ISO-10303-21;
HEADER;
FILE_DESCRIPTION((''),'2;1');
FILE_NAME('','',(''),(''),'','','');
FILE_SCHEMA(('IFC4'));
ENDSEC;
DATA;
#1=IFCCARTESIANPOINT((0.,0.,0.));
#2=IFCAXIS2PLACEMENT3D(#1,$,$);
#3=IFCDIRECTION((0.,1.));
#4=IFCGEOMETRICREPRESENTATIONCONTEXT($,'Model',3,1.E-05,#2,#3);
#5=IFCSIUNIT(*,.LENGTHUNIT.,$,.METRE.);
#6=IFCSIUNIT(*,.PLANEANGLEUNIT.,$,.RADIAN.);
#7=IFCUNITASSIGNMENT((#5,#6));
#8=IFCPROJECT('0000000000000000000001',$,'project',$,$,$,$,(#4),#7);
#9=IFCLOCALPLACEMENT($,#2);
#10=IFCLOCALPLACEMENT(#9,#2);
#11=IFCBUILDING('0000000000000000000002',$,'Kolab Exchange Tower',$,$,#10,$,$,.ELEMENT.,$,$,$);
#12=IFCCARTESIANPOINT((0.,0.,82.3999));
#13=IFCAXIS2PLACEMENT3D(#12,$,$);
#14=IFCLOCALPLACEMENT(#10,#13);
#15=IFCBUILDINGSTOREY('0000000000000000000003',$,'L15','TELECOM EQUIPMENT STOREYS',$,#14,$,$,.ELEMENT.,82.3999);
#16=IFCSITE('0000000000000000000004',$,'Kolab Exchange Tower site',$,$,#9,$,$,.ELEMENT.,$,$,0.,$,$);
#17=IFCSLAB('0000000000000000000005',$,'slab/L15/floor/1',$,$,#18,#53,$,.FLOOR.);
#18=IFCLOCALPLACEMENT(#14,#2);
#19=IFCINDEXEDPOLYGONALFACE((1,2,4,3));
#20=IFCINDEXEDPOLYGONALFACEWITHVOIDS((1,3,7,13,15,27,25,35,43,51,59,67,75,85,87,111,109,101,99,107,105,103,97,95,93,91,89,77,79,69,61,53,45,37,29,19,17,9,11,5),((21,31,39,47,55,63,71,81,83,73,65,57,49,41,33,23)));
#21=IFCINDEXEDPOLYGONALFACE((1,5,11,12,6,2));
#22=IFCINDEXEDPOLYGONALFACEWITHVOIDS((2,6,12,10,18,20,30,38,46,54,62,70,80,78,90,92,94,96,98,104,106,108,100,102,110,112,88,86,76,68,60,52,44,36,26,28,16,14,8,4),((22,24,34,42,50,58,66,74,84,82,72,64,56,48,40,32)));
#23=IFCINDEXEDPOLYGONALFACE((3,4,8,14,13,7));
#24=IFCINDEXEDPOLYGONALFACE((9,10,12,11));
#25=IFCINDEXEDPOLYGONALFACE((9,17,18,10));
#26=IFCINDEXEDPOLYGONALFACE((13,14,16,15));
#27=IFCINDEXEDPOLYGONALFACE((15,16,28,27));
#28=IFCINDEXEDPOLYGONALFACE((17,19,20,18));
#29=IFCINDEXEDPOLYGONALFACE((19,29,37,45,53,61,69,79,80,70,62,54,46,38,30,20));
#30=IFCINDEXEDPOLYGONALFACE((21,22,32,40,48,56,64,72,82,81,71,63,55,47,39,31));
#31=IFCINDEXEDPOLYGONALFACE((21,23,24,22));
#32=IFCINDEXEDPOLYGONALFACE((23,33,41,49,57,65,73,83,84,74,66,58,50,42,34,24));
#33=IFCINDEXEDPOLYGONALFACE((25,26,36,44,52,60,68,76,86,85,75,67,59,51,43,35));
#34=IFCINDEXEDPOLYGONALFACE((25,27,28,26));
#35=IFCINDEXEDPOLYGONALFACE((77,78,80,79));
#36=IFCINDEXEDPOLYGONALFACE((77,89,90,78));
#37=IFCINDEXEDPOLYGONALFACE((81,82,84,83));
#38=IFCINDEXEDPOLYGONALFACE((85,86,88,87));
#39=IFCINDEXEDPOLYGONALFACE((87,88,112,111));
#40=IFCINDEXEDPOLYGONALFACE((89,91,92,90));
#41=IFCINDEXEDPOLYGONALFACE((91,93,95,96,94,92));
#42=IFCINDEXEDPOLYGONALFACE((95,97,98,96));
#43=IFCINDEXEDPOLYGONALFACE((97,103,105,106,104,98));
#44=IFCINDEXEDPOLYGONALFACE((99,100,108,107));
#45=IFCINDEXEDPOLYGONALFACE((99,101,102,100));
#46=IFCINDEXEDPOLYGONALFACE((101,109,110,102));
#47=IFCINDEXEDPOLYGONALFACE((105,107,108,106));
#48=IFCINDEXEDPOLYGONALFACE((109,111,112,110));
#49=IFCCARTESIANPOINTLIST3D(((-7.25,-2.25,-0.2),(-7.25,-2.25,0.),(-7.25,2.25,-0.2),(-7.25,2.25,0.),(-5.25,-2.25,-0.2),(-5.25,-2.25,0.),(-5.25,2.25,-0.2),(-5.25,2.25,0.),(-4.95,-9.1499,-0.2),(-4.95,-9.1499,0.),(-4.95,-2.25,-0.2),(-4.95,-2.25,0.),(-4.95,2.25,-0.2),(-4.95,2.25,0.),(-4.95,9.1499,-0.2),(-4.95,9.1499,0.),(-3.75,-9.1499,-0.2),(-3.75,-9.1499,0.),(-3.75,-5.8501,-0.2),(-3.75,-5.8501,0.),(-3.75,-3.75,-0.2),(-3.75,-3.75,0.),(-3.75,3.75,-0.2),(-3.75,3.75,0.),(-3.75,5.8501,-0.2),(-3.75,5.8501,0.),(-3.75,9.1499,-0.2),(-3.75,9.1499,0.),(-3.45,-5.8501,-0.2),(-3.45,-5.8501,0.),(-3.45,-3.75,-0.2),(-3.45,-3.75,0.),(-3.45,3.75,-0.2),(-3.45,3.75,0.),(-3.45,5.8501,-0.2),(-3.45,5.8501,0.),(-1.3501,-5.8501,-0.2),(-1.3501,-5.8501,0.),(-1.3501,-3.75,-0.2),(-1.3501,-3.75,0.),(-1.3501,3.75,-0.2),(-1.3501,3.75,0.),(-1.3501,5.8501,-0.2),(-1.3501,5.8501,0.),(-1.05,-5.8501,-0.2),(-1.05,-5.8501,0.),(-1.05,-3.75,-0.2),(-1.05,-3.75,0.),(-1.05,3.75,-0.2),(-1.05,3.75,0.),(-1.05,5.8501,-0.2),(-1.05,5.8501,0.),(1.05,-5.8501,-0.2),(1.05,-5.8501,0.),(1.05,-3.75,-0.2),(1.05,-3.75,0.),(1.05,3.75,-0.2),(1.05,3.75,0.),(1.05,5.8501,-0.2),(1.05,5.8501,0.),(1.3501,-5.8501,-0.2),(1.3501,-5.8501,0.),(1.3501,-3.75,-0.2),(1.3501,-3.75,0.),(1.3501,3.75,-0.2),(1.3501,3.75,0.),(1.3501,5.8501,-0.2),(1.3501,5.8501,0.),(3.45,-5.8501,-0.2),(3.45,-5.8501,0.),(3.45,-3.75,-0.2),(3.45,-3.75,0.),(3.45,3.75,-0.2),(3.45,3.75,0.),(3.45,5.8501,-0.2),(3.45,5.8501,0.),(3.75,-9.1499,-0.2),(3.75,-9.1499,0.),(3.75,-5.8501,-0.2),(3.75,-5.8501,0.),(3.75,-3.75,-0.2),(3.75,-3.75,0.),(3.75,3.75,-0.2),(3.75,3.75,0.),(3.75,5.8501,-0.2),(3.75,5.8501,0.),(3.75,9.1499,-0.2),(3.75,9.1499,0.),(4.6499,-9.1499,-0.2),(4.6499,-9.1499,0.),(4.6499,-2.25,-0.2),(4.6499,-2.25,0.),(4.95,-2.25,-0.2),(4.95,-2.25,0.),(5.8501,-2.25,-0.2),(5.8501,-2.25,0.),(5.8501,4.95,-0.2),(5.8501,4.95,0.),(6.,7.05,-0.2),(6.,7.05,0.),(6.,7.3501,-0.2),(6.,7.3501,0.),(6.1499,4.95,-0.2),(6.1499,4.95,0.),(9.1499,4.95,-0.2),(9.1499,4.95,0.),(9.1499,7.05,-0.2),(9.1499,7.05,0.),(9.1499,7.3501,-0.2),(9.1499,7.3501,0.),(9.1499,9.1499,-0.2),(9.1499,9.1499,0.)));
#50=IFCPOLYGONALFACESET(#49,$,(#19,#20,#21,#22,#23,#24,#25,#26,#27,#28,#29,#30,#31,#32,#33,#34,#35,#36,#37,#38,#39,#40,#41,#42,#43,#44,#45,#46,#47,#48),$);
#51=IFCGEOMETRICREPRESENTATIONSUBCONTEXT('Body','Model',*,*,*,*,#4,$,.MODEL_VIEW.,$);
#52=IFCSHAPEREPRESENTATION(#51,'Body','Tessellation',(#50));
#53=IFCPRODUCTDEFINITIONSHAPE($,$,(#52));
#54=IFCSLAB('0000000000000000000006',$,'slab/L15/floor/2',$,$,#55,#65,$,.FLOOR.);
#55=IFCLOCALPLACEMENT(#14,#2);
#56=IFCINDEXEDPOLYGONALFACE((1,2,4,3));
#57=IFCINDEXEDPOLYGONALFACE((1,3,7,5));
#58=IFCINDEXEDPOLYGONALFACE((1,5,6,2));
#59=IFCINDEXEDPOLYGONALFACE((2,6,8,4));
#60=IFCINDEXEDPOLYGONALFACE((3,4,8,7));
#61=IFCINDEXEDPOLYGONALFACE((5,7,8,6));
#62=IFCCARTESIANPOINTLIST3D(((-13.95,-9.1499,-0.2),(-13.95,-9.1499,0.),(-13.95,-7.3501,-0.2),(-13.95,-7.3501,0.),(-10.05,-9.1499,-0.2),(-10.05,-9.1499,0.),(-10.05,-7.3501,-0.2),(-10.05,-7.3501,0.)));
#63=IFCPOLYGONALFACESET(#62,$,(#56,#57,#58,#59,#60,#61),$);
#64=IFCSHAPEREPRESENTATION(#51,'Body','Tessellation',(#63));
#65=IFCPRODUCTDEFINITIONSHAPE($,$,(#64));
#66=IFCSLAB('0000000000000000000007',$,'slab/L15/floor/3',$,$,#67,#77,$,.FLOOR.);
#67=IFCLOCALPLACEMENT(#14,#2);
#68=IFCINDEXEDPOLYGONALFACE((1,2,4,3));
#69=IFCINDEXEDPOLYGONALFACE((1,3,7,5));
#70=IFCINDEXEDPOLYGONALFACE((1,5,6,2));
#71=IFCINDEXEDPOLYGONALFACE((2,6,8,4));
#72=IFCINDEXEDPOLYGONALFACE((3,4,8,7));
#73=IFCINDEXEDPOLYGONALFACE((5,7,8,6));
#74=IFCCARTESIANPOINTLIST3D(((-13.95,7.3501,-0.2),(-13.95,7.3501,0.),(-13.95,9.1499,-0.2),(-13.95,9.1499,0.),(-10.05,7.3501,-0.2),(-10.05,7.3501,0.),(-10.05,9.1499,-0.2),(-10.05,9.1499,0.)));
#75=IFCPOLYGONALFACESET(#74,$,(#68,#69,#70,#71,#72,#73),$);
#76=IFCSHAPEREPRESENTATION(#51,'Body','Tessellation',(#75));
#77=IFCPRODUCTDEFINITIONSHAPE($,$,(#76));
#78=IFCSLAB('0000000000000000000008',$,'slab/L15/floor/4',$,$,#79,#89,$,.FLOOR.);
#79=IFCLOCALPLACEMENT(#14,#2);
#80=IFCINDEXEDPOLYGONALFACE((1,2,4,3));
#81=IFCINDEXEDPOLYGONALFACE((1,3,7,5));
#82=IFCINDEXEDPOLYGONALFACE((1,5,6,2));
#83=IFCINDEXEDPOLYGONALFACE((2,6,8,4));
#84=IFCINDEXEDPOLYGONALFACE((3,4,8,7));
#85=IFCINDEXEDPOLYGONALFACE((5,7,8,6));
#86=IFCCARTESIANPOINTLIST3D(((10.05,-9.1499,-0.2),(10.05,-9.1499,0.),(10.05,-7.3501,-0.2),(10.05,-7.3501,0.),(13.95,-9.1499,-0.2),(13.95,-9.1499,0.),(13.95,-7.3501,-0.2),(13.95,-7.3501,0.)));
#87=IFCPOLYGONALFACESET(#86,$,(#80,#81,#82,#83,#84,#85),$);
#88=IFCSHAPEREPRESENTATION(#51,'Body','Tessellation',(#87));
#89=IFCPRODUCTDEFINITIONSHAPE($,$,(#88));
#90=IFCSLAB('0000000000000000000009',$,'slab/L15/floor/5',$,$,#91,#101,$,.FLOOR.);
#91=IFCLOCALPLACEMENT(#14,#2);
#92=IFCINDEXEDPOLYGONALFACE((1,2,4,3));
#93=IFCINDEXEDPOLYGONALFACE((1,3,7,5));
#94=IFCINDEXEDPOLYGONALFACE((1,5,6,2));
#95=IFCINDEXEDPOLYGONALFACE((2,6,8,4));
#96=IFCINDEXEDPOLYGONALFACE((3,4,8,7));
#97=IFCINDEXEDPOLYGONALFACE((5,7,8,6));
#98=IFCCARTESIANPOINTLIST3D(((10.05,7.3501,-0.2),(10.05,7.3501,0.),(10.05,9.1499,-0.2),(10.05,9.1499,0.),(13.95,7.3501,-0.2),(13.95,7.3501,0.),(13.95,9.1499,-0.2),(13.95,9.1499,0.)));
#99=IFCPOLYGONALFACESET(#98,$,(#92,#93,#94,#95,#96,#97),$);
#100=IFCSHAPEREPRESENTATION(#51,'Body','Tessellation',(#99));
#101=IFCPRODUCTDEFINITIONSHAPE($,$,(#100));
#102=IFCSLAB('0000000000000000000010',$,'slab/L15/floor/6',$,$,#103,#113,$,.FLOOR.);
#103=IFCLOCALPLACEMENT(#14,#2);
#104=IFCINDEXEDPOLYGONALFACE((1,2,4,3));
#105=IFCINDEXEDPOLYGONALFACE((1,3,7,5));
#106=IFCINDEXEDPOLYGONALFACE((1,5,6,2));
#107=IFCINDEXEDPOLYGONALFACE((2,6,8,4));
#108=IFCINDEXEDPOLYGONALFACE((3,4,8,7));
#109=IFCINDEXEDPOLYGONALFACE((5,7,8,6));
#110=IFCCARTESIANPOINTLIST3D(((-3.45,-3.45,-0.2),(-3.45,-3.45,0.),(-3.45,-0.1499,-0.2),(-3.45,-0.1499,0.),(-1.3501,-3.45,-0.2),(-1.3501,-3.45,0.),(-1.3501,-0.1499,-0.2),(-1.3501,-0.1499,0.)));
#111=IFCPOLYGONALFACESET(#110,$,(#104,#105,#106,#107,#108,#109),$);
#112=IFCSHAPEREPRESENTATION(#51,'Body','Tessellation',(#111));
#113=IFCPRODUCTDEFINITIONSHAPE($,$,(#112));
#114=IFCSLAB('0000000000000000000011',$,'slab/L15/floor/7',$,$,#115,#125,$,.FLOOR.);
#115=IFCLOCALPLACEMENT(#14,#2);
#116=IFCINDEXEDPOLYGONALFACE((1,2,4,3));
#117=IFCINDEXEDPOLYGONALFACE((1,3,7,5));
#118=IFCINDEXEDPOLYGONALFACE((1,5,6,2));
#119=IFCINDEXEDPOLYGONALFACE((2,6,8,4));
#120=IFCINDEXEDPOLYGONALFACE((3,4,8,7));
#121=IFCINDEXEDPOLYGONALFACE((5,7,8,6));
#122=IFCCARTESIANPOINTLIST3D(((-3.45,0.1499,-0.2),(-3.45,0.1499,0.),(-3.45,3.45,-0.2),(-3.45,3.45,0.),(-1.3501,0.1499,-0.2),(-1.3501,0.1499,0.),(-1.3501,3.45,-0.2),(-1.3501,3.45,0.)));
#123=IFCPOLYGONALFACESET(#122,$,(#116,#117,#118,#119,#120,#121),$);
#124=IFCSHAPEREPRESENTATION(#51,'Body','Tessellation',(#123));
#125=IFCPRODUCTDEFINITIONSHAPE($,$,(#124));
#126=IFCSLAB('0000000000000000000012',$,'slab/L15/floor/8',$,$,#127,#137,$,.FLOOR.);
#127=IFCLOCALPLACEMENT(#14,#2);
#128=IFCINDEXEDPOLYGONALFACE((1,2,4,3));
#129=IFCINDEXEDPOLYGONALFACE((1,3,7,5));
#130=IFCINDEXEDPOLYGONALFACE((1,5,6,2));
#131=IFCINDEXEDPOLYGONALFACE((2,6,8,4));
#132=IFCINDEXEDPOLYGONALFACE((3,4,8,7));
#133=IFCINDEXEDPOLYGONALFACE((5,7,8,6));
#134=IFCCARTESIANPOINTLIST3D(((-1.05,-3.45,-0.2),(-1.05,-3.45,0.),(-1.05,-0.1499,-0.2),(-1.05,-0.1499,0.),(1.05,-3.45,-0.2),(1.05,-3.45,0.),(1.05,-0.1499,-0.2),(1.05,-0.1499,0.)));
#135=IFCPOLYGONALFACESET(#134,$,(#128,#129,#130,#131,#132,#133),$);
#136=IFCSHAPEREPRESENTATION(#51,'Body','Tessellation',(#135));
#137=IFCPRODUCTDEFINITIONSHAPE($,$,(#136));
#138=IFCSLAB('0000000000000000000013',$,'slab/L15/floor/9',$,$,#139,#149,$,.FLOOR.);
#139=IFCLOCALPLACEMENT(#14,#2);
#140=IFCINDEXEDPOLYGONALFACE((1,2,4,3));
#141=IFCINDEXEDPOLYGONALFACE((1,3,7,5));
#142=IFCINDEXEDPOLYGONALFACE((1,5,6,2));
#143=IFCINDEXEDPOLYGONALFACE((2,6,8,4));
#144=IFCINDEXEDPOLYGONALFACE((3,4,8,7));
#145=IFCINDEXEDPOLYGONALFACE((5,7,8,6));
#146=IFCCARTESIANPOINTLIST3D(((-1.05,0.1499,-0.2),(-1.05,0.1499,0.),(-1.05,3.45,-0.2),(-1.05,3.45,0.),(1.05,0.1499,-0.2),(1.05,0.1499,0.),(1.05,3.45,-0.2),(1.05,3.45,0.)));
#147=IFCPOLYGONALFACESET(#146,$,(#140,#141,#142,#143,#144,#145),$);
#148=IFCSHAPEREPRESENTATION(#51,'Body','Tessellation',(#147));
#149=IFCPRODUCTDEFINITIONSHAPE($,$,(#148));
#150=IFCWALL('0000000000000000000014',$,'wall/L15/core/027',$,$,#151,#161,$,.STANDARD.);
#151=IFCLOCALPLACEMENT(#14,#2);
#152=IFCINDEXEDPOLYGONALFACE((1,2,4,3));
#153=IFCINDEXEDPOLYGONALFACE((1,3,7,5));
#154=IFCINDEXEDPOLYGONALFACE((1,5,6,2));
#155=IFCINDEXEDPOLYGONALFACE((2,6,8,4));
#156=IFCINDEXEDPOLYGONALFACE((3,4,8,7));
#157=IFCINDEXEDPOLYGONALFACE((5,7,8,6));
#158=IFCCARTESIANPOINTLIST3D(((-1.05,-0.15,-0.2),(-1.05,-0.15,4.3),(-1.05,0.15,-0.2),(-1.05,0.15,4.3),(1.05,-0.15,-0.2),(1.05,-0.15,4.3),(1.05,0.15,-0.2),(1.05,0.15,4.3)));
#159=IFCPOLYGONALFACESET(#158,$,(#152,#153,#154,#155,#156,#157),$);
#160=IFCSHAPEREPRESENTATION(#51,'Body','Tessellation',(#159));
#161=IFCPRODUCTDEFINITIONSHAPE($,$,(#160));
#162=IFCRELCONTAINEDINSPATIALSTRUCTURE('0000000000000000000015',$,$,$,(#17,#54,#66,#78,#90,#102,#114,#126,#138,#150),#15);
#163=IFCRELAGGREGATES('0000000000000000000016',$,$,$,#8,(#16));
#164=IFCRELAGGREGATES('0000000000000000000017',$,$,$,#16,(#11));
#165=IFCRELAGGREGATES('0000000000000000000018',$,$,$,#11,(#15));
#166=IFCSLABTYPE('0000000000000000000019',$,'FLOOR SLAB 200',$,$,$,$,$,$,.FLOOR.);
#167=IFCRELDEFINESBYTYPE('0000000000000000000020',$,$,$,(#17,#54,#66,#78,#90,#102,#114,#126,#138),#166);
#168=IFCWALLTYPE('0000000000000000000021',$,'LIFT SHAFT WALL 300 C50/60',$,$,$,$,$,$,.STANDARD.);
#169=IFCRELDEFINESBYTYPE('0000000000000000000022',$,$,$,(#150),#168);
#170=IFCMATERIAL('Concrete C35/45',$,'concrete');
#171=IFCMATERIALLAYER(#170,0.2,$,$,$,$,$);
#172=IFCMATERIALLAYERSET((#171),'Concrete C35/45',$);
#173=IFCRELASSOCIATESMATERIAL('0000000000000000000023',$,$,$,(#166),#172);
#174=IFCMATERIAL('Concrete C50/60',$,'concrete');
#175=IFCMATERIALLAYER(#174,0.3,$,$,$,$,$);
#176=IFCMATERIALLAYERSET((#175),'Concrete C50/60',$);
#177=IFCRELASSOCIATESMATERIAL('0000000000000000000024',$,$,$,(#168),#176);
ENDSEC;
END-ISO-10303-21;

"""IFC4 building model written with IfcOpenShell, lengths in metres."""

from ifc_helpers import new_model, si_unit, direction, frame, frame_2d, origin, place, context, subcontext, project, spatial, polyline, rectangle, outline, extrude, material, layer, layer_set, type_object, element, save


model = new_model("IFC4")

# Units and contexts
model_context = context("Model", 3, precision=1e-05, world=origin(), true_north=direction((0.0, 1.0)))
body_context = subcontext(model_context, "Body", "Model", "MODEL_VIEW")
ifc_project = project(units=[si_unit("LENGTHUNIT", "METRE"), si_unit("PLANEANGLEUNIT", "RADIAN")], contexts=[model_context])

# Site, building, storey
site_placement = place(None, origin())
site = spatial("IfcSite", under=ifc_project, at=site_placement, Name="Kolab Exchange Tower site", CompositionType="ELEMENT", RefElevation=0.0)
building_placement = place(site_placement, origin())
building = spatial("IfcBuilding", under=site, at=building_placement, Name="Kolab Exchange Tower", CompositionType="ELEMENT")
storey_placement = place(building_placement, frame((0.0, 0.0, 82.3999)))
storey = spatial("IfcBuildingStorey", under=building, at=storey_placement, Name="L15", Description="TELECOM EQUIPMENT STOREYS", CompositionType="ELEMENT", Elevation=82.3999)

# Slabs
ifc_material_1 = material(Name="Concrete C35/45", Category="concrete")
ifc_layer_1 = layer(ifc_material_1, 0.2)
ifc_layer_set_1 = layer_set([ifc_layer_1], Name="Concrete C35/45")
slab_type = type_object("IfcSlabType", Name="FLOOR SLAB 200", PredefinedType="FLOOR", material=ifc_layer_set_1)
slab_1_placement = place(storey_placement, frame((0.0, 0.0, -0.2)))
element("IfcSlab", 1, at=slab_1_placement, inside=storey, type_object=slab_type, Name="slab/L15/floor/1", PredefinedType="FLOOR", context=body_context, shape_type="SweptSolid", body=[
    extrude(outline(polyline([(-4.95, 9.1499), (-4.95, 2.25), (-5.25, 2.25), (-7.25, 2.25), (-7.25, -2.25), (-5.25, -2.25), (-4.95, -2.25), (-4.95, -9.1499), (-3.75, -9.1499), (-3.75, -5.8501), (-3.45, -5.8501), (-1.3501, -5.8501), (-1.05, -5.8501), (1.05, -5.8501), (1.3501, -5.8501), (3.45, -5.8501), (3.75, -5.8501), (3.75, -9.1499), (4.6499, -9.1499), (4.6499, -2.25), (4.95, -2.25), (5.8501, -2.25), (5.8501, 4.95), (6.1499, 4.95), (9.1499, 4.95), (9.1499, 7.05), (6.0, 7.05), (6.0, 7.3501), (9.1499, 7.3501), (9.1499, 9.1499), (3.75, 9.1499), (3.75, 5.8501), (3.45, 5.8501), (1.3501, 5.8501), (1.05, 5.8501), (-1.05, 5.8501), (-1.3501, 5.8501), (-3.45, 5.8501), (-3.75, 5.8501), (-3.75, 9.1499), (-4.95, 9.1499)]), holes=[polyline([(-3.75, -3.75), (-3.75, 3.75), (-3.45, 3.75), (-1.3501, 3.75), (-1.05, 3.75), (1.05, 3.75), (1.3501, 3.75), (3.45, 3.75), (3.75, 3.75), (3.75, -3.75), (3.45, -3.75), (1.3501, -3.75), (1.05, -3.75), (-1.05, -3.75), (-1.3501, -3.75), (-3.45, -3.75), (-3.75, -3.75)])]), origin(), (0.0, 0.0, 1.0), 0.2),
])
slab_2_placement = place(storey_placement, frame((0.0, 0.0, -0.2)))
element("IfcSlab", 2, at=slab_2_placement, inside=storey, type_object=slab_type, Name="slab/L15/floor/2", PredefinedType="FLOOR", context=body_context, shape_type="SweptSolid", body=[
    extrude(outline(polyline([(-10.05, -9.1499), (-10.05, -7.3501), (-13.95, -7.3501), (-13.95, -9.1499), (-10.05, -9.1499)])), origin(), (0.0, 0.0, 1.0), 0.2),
])
slab_3_placement = place(storey_placement, frame((0.0, 0.0, -0.2)))
element("IfcSlab", 3, at=slab_3_placement, inside=storey, type_object=slab_type, Name="slab/L15/floor/3", PredefinedType="FLOOR", context=body_context, shape_type="SweptSolid", body=[
    extrude(outline(polyline([(-10.05, 9.1499), (-13.95, 9.1499), (-13.95, 7.3501), (-10.05, 7.3501), (-10.05, 9.1499)])), origin(), (0.0, 0.0, 1.0), 0.2),
])
slab_4_placement = place(storey_placement, frame((0.0, 0.0, -0.2)))
element("IfcSlab", 4, at=slab_4_placement, inside=storey, type_object=slab_type, Name="slab/L15/floor/4", PredefinedType="FLOOR", context=body_context, shape_type="SweptSolid", body=[
    extrude(outline(polyline([(10.05, -9.1499), (13.95, -9.1499), (13.95, -7.3501), (10.05, -7.3501), (10.05, -9.1499)])), origin(), (0.0, 0.0, 1.0), 0.2),
])
slab_5_placement = place(storey_placement, frame((0.0, 0.0, -0.2)))
element("IfcSlab", 5, at=slab_5_placement, inside=storey, type_object=slab_type, Name="slab/L15/floor/5", PredefinedType="FLOOR", context=body_context, shape_type="SweptSolid", body=[
    extrude(outline(polyline([(13.95, 9.1499), (10.05, 9.1499), (10.05, 7.3501), (13.95, 7.3501), (13.95, 9.1499)])), origin(), (0.0, 0.0, 1.0), 0.2),
])
slab_6_placement = place(storey_placement, frame((0.0, 0.0, -0.2)))
element("IfcSlab", 6, at=slab_6_placement, inside=storey, type_object=slab_type, Name="slab/L15/floor/6", PredefinedType="FLOOR", context=body_context, shape_type="SweptSolid", body=[
    extrude(outline(polyline([(-1.3501, -3.45), (-1.3501, -0.1499), (-3.45, -0.1499), (-3.45, -3.45), (-1.3501, -3.45)])), origin(), (0.0, 0.0, 1.0), 0.2),
])
slab_7_placement = place(storey_placement, frame((0.0, 0.0, -0.2)))
element("IfcSlab", 7, at=slab_7_placement, inside=storey, type_object=slab_type, Name="slab/L15/floor/7", PredefinedType="FLOOR", context=body_context, shape_type="SweptSolid", body=[
    extrude(outline(polyline([(-1.3501, 0.1499), (-1.3501, 3.45), (-3.45, 3.45), (-3.45, 0.1499), (-1.3501, 0.1499)])), origin(), (0.0, 0.0, 1.0), 0.2),
])
slab_8_placement = place(storey_placement, frame((0.0, 0.0, -0.2)))
element("IfcSlab", 8, at=slab_8_placement, inside=storey, type_object=slab_type, Name="slab/L15/floor/8", PredefinedType="FLOOR", context=body_context, shape_type="SweptSolid", body=[
    extrude(outline(polyline([(-1.05, -0.1499), (-1.05, -3.45), (1.05, -3.45), (1.05, -0.1499), (-1.05, -0.1499)])), origin(), (0.0, 0.0, 1.0), 0.2),
])
slab_9_placement = place(storey_placement, frame((0.0, 0.0, -0.2)))
element("IfcSlab", 9, at=slab_9_placement, inside=storey, type_object=slab_type, Name="slab/L15/floor/9", PredefinedType="FLOOR", context=body_context, shape_type="SweptSolid", body=[
    extrude(outline(polyline([(-1.05, 3.45), (-1.05, 0.1499), (1.05, 0.1499), (1.05, 3.45), (-1.05, 3.45)])), origin(), (0.0, 0.0, 1.0), 0.2),
])

# Wall
ifc_material_2 = material(Name="Concrete C50/60", Category="concrete")
ifc_layer_2 = layer(ifc_material_2, 0.3)
ifc_layer_set_2 = layer_set([ifc_layer_2], Name="Concrete C50/60")
wall_type_1 = type_object("IfcWallType", Name="LIFT SHAFT WALL 300 C50/60", PredefinedType="STANDARD", material=ifc_layer_set_2)
wall_1_placement = place(storey_placement, frame((-1.05, 0.0, -0.2), z_axis=(0.0, 0.0, 1.0), x_axis=(1.0, 0.0, 0.0)))
element("IfcWall", 10, at=wall_1_placement, inside=storey, type_object=wall_type_1, Name="wall/L15/core/027", PredefinedType="STANDARD", context=body_context, shape_type="SweptSolid", body=[
    extrude(rectangle(XDim=2.1001, YDim=0.3, at=frame_2d((1.05, 0.0))), origin(), (0.0, 0.0, 1.0), 4.5),
])

save(model, "model.ifc")
